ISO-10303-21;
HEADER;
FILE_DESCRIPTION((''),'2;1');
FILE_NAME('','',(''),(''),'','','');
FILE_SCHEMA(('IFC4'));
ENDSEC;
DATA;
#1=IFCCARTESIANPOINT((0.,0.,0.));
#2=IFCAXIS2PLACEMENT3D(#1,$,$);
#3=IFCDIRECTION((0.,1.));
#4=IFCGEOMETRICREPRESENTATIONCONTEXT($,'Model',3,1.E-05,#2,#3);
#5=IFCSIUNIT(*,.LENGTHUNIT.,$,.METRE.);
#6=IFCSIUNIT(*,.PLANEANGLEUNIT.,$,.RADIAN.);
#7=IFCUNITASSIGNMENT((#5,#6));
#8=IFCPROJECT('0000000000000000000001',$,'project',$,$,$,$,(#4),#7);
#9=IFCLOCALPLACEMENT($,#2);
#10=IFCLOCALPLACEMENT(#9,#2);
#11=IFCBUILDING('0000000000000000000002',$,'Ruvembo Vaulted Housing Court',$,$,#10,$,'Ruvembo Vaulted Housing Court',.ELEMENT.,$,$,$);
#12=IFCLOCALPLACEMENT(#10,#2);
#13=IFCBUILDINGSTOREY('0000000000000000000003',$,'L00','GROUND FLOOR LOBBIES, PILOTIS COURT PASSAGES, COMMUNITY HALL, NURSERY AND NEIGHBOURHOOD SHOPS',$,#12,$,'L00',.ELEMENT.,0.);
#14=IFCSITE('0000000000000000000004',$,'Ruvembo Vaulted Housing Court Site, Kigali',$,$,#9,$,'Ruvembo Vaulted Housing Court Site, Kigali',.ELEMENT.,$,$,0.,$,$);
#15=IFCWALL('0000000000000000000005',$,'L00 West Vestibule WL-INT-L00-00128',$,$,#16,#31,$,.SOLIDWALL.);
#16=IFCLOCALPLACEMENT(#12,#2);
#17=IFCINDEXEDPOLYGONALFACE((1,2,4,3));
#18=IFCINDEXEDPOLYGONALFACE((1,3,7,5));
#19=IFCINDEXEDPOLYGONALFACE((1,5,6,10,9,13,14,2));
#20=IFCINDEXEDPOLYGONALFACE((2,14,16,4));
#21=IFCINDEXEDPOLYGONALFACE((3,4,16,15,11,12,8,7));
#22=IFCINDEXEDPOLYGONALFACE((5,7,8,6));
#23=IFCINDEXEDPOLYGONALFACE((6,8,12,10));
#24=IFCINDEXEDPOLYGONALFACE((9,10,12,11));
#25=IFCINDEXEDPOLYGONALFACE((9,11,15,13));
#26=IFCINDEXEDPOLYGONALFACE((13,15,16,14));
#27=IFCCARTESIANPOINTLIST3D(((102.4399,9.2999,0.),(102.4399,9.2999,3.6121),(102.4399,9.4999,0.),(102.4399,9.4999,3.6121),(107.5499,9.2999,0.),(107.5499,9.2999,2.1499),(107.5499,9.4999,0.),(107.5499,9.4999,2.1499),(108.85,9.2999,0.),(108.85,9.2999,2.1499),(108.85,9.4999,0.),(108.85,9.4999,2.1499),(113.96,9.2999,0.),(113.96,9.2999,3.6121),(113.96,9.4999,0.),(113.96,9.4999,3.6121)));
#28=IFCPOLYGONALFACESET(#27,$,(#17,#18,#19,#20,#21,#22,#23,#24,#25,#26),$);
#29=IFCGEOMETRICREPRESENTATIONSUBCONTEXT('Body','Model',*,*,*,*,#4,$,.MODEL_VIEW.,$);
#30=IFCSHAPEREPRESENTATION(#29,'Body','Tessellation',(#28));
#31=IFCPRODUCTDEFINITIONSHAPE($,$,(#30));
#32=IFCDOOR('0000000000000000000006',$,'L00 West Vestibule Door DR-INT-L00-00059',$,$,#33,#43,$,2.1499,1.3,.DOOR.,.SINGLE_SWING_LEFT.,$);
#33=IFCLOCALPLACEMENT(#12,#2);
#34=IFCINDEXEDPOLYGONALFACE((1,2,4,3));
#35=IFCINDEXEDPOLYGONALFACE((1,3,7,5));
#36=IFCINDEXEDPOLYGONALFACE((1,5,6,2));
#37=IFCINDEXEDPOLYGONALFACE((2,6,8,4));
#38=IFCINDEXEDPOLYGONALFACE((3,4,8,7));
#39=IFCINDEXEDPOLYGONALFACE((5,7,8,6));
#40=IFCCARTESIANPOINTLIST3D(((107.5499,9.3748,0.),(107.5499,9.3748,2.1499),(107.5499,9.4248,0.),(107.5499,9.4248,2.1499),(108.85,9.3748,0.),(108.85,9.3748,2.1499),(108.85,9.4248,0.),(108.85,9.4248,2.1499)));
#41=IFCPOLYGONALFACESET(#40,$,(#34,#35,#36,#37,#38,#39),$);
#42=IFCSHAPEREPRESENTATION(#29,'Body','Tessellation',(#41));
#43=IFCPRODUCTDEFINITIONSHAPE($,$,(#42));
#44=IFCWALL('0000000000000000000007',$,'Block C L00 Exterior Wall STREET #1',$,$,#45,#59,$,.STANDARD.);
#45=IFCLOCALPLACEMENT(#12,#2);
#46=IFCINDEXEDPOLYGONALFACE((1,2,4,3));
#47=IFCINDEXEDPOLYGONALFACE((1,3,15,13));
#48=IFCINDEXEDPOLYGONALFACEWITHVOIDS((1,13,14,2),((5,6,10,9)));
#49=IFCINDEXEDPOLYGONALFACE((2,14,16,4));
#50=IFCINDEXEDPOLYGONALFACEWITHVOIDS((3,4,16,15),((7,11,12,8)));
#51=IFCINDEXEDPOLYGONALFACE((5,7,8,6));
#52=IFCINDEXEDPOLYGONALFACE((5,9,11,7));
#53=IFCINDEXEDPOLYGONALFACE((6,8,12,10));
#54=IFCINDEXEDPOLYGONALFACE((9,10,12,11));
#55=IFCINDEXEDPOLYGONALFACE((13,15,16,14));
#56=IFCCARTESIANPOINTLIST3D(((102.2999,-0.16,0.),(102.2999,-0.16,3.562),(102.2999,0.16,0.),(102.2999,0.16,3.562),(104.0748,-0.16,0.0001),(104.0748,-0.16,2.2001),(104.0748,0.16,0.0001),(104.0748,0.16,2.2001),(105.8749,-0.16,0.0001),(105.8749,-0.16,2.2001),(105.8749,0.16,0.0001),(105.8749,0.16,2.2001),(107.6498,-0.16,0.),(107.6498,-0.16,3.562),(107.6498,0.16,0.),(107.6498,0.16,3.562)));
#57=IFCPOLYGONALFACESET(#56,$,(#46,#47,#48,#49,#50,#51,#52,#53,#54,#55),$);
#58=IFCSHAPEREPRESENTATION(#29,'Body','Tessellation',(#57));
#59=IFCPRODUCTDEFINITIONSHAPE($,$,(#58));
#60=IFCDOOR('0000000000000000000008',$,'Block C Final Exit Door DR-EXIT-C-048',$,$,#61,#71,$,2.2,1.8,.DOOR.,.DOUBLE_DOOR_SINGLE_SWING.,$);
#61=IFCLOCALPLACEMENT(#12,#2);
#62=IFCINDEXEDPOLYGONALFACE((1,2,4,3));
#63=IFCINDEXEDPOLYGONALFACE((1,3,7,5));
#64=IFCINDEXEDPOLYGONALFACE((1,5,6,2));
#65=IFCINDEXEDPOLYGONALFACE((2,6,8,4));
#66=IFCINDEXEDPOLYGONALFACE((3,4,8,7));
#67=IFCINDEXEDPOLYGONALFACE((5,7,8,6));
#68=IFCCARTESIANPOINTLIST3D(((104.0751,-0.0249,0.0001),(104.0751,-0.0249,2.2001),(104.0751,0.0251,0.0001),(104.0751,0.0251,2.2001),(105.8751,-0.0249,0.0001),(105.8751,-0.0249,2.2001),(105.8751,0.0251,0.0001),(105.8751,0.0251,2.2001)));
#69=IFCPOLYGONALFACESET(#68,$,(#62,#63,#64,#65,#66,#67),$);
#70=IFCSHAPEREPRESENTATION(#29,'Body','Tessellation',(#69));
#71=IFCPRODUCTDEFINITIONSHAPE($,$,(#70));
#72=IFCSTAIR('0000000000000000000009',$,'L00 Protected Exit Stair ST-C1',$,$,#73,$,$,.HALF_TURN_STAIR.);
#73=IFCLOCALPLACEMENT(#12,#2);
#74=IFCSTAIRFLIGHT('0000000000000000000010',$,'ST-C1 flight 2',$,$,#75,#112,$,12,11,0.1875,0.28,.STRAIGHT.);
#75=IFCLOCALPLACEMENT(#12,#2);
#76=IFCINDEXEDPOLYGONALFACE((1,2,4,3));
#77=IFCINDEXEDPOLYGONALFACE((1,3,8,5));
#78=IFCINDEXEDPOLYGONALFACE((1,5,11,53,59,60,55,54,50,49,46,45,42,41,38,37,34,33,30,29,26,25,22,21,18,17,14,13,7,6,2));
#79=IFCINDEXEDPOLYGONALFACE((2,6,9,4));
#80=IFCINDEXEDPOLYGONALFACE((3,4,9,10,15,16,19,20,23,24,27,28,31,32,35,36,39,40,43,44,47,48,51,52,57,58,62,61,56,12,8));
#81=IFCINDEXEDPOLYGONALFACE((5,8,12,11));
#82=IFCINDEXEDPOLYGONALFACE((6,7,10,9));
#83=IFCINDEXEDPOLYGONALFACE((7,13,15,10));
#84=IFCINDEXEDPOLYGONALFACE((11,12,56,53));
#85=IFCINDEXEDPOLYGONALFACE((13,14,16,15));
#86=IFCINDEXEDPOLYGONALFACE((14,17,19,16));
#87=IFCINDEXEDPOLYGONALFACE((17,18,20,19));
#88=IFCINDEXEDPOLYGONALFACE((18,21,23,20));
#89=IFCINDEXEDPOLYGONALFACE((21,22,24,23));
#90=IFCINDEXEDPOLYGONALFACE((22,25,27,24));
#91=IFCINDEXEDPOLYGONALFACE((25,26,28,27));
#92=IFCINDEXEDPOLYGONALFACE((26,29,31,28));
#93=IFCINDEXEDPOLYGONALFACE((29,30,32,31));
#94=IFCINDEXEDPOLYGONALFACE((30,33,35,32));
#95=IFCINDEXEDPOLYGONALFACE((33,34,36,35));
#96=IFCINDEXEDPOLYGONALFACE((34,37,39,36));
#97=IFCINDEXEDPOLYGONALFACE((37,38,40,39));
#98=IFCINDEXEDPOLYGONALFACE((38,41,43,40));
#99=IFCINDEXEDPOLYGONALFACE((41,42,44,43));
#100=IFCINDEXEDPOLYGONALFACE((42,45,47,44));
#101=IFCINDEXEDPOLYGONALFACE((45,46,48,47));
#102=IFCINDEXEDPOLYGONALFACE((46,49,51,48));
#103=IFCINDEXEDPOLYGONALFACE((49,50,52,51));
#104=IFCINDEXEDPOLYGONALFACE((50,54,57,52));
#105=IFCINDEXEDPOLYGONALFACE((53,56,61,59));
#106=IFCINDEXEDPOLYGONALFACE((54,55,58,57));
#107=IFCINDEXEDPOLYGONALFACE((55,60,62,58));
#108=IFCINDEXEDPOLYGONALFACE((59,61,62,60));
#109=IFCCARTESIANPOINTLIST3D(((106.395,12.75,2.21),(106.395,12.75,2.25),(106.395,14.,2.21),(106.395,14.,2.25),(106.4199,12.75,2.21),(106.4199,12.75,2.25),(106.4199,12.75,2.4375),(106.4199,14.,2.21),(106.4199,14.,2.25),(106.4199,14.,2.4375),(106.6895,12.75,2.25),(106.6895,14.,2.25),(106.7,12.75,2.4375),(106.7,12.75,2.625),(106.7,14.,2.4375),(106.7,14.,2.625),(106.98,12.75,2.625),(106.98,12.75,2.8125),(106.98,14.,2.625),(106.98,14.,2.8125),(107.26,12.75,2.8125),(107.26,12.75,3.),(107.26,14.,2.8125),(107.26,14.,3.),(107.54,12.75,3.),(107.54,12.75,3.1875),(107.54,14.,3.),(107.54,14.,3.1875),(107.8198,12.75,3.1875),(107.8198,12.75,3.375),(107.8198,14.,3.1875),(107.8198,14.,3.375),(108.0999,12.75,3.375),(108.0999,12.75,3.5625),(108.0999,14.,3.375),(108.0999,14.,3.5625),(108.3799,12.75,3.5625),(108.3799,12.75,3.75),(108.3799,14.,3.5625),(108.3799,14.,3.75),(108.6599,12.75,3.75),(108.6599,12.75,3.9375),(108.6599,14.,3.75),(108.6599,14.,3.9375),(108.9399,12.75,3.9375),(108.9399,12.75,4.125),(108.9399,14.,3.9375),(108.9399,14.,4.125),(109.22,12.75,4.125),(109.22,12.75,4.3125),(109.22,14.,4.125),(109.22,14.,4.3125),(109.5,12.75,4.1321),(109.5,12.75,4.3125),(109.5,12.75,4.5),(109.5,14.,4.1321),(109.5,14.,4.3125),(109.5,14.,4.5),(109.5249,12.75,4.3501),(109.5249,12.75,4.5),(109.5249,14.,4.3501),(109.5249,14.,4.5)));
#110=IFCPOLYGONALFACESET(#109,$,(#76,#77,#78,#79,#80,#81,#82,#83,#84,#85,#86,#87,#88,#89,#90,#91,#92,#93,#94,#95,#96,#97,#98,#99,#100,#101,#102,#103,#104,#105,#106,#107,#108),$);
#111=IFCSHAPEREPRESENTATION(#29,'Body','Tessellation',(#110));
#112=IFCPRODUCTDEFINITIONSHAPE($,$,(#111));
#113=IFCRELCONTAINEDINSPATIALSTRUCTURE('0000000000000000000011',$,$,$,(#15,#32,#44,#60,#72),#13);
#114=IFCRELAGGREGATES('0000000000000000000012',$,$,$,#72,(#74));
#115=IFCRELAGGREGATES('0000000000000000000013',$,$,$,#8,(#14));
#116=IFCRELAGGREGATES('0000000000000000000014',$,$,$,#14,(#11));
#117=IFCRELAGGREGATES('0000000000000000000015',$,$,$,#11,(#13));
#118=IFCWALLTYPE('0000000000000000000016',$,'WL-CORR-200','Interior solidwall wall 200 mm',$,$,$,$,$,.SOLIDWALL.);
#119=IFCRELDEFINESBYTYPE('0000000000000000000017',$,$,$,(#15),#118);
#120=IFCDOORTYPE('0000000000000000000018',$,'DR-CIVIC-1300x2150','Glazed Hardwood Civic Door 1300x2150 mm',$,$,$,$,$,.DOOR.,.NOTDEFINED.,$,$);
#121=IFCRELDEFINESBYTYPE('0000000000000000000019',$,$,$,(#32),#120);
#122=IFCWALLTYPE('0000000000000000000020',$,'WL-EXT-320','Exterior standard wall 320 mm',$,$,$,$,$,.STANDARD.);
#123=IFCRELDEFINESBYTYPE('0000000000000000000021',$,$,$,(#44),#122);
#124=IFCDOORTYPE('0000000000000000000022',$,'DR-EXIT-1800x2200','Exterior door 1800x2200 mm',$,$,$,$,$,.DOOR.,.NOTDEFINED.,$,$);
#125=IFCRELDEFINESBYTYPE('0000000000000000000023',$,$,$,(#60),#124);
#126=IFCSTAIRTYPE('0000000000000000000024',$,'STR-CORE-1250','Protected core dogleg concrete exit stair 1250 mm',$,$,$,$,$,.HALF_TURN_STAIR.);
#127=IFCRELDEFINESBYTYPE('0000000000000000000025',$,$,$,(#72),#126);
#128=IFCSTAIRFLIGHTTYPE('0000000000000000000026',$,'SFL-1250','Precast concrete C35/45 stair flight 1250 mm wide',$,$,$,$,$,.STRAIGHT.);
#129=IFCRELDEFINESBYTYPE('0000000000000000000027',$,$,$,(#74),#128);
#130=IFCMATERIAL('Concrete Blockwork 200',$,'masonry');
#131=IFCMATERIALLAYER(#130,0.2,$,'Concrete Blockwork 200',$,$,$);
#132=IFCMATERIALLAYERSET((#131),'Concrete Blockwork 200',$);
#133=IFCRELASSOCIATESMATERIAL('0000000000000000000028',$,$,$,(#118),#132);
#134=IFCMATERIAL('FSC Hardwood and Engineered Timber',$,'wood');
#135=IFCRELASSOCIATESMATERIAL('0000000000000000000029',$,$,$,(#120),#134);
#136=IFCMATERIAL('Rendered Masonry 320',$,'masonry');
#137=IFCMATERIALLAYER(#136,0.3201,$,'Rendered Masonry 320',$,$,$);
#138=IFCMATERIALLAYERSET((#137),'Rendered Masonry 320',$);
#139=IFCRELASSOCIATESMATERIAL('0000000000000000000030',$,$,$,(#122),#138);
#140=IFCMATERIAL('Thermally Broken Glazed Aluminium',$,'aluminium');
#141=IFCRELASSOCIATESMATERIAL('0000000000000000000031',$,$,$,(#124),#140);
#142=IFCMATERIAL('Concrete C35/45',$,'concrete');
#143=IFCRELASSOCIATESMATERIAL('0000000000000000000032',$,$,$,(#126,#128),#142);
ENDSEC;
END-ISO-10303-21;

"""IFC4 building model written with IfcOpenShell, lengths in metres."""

from ifc_helpers import new_model, si_unit, direction, frame, frame_2d, origin, place, context, subcontext, project, spatial, polyline, rectangle, outline, extrude, material, layer, layer_set, type_object, element, fill, aggregate, save


model = new_model("IFC4")

# Units and contexts
model_context = context("Model", 3, precision=1e-05, world=origin(), true_north=direction((0.0, 1.0)))
body_context = subcontext(model_context, "Body", "Model", "MODEL_VIEW")
ifc_project = project(units=[si_unit("LENGTHUNIT", "METRE"), si_unit("PLANEANGLEUNIT", "RADIAN")], contexts=[model_context])

# Site, building, storey
site_placement = place(None, origin())
site = spatial("IfcSite", under=ifc_project, at=site_placement, Name="Ruvembo Vaulted Housing Court Site, Kigali", LongName="Ruvembo Vaulted Housing Court Site, Kigali", CompositionType="ELEMENT", RefElevation=0.0)
building_placement = place(site_placement, origin())
building = spatial("IfcBuilding", under=site, at=building_placement, Name="Ruvembo Vaulted Housing Court", LongName="Ruvembo Vaulted Housing Court", CompositionType="ELEMENT")
storey_placement = place(building_placement, origin())
storey = spatial("IfcBuildingStorey", under=building, at=storey_placement, Name="L00", Description="GROUND FLOOR LOBBIES, PILOTIS COURT PASSAGES, COMMUNITY HALL, NURSERY AND NEIGHBOURHOOD SHOPS", LongName="L00", CompositionType="ELEMENT", Elevation=0.0)

# Shared definitions
ifc_material_1 = material(Name="Concrete C35/45", Category="concrete")

# Walls, openings, doors
ifc_material_2 = material(Name="Concrete Blockwork 200", Category="masonry")
ifc_layer_1 = layer(ifc_material_2, 0.2, Name="Concrete Blockwork 200")
ifc_layer_set_1 = layer_set([ifc_layer_1], Name="Concrete Blockwork 200")
wall_type_1 = type_object("IfcWallType", Name="WL-CORR-200", Description="Interior solidwall wall 200 mm", PredefinedType="SOLIDWALL", material=ifc_layer_set_1)
wall_1_placement = place(storey_placement, frame((102.4399, 9.3999, 0.0), z_axis=(0.0, 0.0, 1.0), x_axis=(1.0, 0.0, 0.0)))
wall_1 = element("IfcWall", 1, at=wall_1_placement, inside=storey, type_object=wall_type_1, Name="L00 West Vestibule WL-INT-L00-00128", PredefinedType="SOLIDWALL", context=body_context, shape_type="SweptSolid", body=[
    extrude(rectangle(XDim=11.52, YDim=0.2, at=frame_2d((5.76, 0.0))), origin(), (0.0, 0.0, 1.0), 3.6121),
])
opening_1_placement = place(wall_1_placement, frame((5.1101, 0.0, 0.0)))
opening_1 = element("IfcOpeningElement", 2, at=opening_1_placement, cuts=wall_1, PredefinedType="OPENING", context=body_context, shape_type="SweptSolid", body=[
    extrude(rectangle(XDim=1.3, YDim=2.1499, at=frame_2d((0.6499, 1.075))), frame((0.0, 0.1099, 0.0), z_axis=(0.0, -1.0, 0.0), x_axis=(1.0, 0.0, 0.0)), (0.0, 0.0, 1.0), 0.22),
])
ifc_material_3 = material(Name="FSC Hardwood and Engineered Timber", Category="wood")
door_type_1 = type_object("IfcDoorType", Name="DR-CIVIC-1300x2150", Description="Glazed Hardwood Civic Door 1300x2150 mm", OperationType="NOTDEFINED", PredefinedType="DOOR", material=ifc_material_3)
door_1_placement = place(opening_1_placement, origin())
door_1 = element("IfcDoor", 3, at=door_1_placement, inside=storey, type_object=door_type_1, Name="L00 West Vestibule Door DR-INT-L00-00059", OperationType="SINGLE_SWING_LEFT", OverallHeight=2.1499, OverallWidth=1.3, PredefinedType="DOOR", context=body_context, shape_type="SweptSolid", body=[
    extrude(rectangle(XDim=1.3, YDim=2.1499, at=frame_2d((0.6499, 1.075))), frame((0.0, 0.0249, 0.0), z_axis=(0.0, -1.0, 0.0), x_axis=(1.0, 0.0, 0.0)), (0.0, 0.0, 1.0), 0.05),
])
fill(opening_1, door_1)
ifc_material_4 = material(Name="Rendered Masonry 320", Category="masonry")
ifc_layer_2 = layer(ifc_material_4, 0.3201, Name="Rendered Masonry 320")
ifc_layer_set_2 = layer_set([ifc_layer_2], Name="Rendered Masonry 320")
wall_type_2 = type_object("IfcWallType", Name="WL-EXT-320", Description="Exterior standard wall 320 mm", PredefinedType="STANDARD", material=ifc_layer_set_2)
wall_2_placement = place(storey_placement, frame((102.3, 0.0, 0.0), z_axis=(0.0, 0.0, 1.0), x_axis=(1.0, 0.0, 0.0)))
wall_2 = element("IfcWall", 4, at=wall_2_placement, inside=storey, type_object=wall_type_2, Name="Block C L00 Exterior Wall STREET #1", PredefinedType="STANDARD", context=body_context, shape_type="SweptSolid", body=[
    extrude(rectangle(XDim=5.3499, YDim=0.3201, at=frame_2d((2.6748, 0.0))), origin(), (0.0, 0.0, 1.0), 3.562),
])
opening_2_placement = place(wall_2_placement, frame((1.7749, 0.0, 0.0)))
opening_2 = element("IfcOpeningElement", 5, at=opening_2_placement, cuts=wall_2, PredefinedType="OPENING", context=body_context, shape_type="SweptSolid", body=[
    extrude(rectangle(XDim=1.8, YDim=2.2, at=frame_2d((0.8999, 1.1001))), frame((0.0, 0.1699, 0.0), z_axis=(0.0, -1.0, 0.0), x_axis=(1.0, 0.0, 0.0)), (0.0, 0.0, 1.0), 0.3401),
])
ifc_material_5 = material(Name="Thermally Broken Glazed Aluminium", Category="aluminium")
door_type_2 = type_object("IfcDoorType", Name="DR-EXIT-1800x2200", Description="Exterior door 1800x2200 mm", OperationType="NOTDEFINED", PredefinedType="DOOR", material=ifc_material_5)
door_2_placement = place(opening_2_placement, frame((1.8, 0.0, 0.0), z_axis=(0.0, 0.0, 1.0), x_axis=(-1.0, 0.0, 0.0)))
door_2 = element("IfcDoor", 6, at=door_2_placement, inside=storey, type_object=door_type_2, Name="Block C Final Exit Door DR-EXIT-C-048", OperationType="DOUBLE_DOOR_SINGLE_SWING", OverallHeight=2.2, OverallWidth=1.8, PredefinedType="DOOR", context=body_context, shape_type="SweptSolid", body=[
    extrude(rectangle(XDim=1.8, YDim=2.2, at=frame_2d((0.8999, 1.1001))), frame((0.0, 0.0249, 0.0), z_axis=(0.0, -1.0, 0.0), x_axis=(1.0, 0.0, 0.0)), (0.0, 0.0, 1.0), 0.05),
])
fill(opening_2, door_2)

# Stair, stair flight
stair_type = type_object("IfcStairType", Name="STR-CORE-1250", Description="Protected core dogleg concrete exit stair 1250 mm", PredefinedType="HALF_TURN_STAIR", material=ifc_material_1)
stair_placement = place(storey_placement, origin())
stair = element("IfcStair", 7, at=stair_placement, inside=storey, type_object=stair_type, Name="L00 Protected Exit Stair ST-C1", PredefinedType="HALF_TURN_STAIR")
stair_flight_type = type_object("IfcStairFlightType", Name="SFL-1250", Description="Precast concrete C35/45 stair flight 1250 mm wide", PredefinedType="STRAIGHT", material=ifc_material_1)
stair_flight_placement = place(storey_placement, frame((106.4199, 13.375, 2.25), z_axis=(0.0, 0.0, 1.0), x_axis=(1.0, 0.0, 0.0)))
stair_flight = element("IfcStairFlight", 8, at=stair_flight_placement, type_object=stair_flight_type, Name="ST-C1 flight 2", NumberOfRisers=12, NumberOfTreads=11, PredefinedType="STRAIGHT", RiserHeight=0.1875, TreadLength=0.28, context=body_context, shape_type="SweptSolid", body=[
    extrude(outline(polyline([(-0.0249, -0.04), (-0.0249, 0.0), (0.0, 0.0), (0.0, 0.1875), (0.28, 0.1875), (0.28, 0.375), (0.5601, 0.375), (0.5601, 0.5625), (0.8401, 0.5625), (0.8401, 0.75), (1.1201, 0.75), (1.1201, 0.9375), (1.3999, 0.9375), (1.3999, 1.125), (1.6799, 1.125), (1.6799, 1.3125), (1.96, 1.3125), (1.96, 1.5), (2.24, 1.5), (2.24, 1.6875), (2.52, 1.6875), (2.52, 1.875), (2.8, 1.875), (2.8, 2.0625), (3.0801, 2.0625), (3.0801, 2.25), (3.105, 2.25), (3.105, 2.1001), (3.0801, 1.8821), (0.2695, 0.0), (0.0, -0.04), (-0.0249, -0.04)])), frame((0.0, 0.625, 0.0), z_axis=(0.0, -1.0, 0.0), x_axis=(1.0, 0.0, 0.0)), (0.0, 0.0, 1.0), 1.25),
])
aggregate(stair, [stair_flight])

save(model, "model.ifc")
